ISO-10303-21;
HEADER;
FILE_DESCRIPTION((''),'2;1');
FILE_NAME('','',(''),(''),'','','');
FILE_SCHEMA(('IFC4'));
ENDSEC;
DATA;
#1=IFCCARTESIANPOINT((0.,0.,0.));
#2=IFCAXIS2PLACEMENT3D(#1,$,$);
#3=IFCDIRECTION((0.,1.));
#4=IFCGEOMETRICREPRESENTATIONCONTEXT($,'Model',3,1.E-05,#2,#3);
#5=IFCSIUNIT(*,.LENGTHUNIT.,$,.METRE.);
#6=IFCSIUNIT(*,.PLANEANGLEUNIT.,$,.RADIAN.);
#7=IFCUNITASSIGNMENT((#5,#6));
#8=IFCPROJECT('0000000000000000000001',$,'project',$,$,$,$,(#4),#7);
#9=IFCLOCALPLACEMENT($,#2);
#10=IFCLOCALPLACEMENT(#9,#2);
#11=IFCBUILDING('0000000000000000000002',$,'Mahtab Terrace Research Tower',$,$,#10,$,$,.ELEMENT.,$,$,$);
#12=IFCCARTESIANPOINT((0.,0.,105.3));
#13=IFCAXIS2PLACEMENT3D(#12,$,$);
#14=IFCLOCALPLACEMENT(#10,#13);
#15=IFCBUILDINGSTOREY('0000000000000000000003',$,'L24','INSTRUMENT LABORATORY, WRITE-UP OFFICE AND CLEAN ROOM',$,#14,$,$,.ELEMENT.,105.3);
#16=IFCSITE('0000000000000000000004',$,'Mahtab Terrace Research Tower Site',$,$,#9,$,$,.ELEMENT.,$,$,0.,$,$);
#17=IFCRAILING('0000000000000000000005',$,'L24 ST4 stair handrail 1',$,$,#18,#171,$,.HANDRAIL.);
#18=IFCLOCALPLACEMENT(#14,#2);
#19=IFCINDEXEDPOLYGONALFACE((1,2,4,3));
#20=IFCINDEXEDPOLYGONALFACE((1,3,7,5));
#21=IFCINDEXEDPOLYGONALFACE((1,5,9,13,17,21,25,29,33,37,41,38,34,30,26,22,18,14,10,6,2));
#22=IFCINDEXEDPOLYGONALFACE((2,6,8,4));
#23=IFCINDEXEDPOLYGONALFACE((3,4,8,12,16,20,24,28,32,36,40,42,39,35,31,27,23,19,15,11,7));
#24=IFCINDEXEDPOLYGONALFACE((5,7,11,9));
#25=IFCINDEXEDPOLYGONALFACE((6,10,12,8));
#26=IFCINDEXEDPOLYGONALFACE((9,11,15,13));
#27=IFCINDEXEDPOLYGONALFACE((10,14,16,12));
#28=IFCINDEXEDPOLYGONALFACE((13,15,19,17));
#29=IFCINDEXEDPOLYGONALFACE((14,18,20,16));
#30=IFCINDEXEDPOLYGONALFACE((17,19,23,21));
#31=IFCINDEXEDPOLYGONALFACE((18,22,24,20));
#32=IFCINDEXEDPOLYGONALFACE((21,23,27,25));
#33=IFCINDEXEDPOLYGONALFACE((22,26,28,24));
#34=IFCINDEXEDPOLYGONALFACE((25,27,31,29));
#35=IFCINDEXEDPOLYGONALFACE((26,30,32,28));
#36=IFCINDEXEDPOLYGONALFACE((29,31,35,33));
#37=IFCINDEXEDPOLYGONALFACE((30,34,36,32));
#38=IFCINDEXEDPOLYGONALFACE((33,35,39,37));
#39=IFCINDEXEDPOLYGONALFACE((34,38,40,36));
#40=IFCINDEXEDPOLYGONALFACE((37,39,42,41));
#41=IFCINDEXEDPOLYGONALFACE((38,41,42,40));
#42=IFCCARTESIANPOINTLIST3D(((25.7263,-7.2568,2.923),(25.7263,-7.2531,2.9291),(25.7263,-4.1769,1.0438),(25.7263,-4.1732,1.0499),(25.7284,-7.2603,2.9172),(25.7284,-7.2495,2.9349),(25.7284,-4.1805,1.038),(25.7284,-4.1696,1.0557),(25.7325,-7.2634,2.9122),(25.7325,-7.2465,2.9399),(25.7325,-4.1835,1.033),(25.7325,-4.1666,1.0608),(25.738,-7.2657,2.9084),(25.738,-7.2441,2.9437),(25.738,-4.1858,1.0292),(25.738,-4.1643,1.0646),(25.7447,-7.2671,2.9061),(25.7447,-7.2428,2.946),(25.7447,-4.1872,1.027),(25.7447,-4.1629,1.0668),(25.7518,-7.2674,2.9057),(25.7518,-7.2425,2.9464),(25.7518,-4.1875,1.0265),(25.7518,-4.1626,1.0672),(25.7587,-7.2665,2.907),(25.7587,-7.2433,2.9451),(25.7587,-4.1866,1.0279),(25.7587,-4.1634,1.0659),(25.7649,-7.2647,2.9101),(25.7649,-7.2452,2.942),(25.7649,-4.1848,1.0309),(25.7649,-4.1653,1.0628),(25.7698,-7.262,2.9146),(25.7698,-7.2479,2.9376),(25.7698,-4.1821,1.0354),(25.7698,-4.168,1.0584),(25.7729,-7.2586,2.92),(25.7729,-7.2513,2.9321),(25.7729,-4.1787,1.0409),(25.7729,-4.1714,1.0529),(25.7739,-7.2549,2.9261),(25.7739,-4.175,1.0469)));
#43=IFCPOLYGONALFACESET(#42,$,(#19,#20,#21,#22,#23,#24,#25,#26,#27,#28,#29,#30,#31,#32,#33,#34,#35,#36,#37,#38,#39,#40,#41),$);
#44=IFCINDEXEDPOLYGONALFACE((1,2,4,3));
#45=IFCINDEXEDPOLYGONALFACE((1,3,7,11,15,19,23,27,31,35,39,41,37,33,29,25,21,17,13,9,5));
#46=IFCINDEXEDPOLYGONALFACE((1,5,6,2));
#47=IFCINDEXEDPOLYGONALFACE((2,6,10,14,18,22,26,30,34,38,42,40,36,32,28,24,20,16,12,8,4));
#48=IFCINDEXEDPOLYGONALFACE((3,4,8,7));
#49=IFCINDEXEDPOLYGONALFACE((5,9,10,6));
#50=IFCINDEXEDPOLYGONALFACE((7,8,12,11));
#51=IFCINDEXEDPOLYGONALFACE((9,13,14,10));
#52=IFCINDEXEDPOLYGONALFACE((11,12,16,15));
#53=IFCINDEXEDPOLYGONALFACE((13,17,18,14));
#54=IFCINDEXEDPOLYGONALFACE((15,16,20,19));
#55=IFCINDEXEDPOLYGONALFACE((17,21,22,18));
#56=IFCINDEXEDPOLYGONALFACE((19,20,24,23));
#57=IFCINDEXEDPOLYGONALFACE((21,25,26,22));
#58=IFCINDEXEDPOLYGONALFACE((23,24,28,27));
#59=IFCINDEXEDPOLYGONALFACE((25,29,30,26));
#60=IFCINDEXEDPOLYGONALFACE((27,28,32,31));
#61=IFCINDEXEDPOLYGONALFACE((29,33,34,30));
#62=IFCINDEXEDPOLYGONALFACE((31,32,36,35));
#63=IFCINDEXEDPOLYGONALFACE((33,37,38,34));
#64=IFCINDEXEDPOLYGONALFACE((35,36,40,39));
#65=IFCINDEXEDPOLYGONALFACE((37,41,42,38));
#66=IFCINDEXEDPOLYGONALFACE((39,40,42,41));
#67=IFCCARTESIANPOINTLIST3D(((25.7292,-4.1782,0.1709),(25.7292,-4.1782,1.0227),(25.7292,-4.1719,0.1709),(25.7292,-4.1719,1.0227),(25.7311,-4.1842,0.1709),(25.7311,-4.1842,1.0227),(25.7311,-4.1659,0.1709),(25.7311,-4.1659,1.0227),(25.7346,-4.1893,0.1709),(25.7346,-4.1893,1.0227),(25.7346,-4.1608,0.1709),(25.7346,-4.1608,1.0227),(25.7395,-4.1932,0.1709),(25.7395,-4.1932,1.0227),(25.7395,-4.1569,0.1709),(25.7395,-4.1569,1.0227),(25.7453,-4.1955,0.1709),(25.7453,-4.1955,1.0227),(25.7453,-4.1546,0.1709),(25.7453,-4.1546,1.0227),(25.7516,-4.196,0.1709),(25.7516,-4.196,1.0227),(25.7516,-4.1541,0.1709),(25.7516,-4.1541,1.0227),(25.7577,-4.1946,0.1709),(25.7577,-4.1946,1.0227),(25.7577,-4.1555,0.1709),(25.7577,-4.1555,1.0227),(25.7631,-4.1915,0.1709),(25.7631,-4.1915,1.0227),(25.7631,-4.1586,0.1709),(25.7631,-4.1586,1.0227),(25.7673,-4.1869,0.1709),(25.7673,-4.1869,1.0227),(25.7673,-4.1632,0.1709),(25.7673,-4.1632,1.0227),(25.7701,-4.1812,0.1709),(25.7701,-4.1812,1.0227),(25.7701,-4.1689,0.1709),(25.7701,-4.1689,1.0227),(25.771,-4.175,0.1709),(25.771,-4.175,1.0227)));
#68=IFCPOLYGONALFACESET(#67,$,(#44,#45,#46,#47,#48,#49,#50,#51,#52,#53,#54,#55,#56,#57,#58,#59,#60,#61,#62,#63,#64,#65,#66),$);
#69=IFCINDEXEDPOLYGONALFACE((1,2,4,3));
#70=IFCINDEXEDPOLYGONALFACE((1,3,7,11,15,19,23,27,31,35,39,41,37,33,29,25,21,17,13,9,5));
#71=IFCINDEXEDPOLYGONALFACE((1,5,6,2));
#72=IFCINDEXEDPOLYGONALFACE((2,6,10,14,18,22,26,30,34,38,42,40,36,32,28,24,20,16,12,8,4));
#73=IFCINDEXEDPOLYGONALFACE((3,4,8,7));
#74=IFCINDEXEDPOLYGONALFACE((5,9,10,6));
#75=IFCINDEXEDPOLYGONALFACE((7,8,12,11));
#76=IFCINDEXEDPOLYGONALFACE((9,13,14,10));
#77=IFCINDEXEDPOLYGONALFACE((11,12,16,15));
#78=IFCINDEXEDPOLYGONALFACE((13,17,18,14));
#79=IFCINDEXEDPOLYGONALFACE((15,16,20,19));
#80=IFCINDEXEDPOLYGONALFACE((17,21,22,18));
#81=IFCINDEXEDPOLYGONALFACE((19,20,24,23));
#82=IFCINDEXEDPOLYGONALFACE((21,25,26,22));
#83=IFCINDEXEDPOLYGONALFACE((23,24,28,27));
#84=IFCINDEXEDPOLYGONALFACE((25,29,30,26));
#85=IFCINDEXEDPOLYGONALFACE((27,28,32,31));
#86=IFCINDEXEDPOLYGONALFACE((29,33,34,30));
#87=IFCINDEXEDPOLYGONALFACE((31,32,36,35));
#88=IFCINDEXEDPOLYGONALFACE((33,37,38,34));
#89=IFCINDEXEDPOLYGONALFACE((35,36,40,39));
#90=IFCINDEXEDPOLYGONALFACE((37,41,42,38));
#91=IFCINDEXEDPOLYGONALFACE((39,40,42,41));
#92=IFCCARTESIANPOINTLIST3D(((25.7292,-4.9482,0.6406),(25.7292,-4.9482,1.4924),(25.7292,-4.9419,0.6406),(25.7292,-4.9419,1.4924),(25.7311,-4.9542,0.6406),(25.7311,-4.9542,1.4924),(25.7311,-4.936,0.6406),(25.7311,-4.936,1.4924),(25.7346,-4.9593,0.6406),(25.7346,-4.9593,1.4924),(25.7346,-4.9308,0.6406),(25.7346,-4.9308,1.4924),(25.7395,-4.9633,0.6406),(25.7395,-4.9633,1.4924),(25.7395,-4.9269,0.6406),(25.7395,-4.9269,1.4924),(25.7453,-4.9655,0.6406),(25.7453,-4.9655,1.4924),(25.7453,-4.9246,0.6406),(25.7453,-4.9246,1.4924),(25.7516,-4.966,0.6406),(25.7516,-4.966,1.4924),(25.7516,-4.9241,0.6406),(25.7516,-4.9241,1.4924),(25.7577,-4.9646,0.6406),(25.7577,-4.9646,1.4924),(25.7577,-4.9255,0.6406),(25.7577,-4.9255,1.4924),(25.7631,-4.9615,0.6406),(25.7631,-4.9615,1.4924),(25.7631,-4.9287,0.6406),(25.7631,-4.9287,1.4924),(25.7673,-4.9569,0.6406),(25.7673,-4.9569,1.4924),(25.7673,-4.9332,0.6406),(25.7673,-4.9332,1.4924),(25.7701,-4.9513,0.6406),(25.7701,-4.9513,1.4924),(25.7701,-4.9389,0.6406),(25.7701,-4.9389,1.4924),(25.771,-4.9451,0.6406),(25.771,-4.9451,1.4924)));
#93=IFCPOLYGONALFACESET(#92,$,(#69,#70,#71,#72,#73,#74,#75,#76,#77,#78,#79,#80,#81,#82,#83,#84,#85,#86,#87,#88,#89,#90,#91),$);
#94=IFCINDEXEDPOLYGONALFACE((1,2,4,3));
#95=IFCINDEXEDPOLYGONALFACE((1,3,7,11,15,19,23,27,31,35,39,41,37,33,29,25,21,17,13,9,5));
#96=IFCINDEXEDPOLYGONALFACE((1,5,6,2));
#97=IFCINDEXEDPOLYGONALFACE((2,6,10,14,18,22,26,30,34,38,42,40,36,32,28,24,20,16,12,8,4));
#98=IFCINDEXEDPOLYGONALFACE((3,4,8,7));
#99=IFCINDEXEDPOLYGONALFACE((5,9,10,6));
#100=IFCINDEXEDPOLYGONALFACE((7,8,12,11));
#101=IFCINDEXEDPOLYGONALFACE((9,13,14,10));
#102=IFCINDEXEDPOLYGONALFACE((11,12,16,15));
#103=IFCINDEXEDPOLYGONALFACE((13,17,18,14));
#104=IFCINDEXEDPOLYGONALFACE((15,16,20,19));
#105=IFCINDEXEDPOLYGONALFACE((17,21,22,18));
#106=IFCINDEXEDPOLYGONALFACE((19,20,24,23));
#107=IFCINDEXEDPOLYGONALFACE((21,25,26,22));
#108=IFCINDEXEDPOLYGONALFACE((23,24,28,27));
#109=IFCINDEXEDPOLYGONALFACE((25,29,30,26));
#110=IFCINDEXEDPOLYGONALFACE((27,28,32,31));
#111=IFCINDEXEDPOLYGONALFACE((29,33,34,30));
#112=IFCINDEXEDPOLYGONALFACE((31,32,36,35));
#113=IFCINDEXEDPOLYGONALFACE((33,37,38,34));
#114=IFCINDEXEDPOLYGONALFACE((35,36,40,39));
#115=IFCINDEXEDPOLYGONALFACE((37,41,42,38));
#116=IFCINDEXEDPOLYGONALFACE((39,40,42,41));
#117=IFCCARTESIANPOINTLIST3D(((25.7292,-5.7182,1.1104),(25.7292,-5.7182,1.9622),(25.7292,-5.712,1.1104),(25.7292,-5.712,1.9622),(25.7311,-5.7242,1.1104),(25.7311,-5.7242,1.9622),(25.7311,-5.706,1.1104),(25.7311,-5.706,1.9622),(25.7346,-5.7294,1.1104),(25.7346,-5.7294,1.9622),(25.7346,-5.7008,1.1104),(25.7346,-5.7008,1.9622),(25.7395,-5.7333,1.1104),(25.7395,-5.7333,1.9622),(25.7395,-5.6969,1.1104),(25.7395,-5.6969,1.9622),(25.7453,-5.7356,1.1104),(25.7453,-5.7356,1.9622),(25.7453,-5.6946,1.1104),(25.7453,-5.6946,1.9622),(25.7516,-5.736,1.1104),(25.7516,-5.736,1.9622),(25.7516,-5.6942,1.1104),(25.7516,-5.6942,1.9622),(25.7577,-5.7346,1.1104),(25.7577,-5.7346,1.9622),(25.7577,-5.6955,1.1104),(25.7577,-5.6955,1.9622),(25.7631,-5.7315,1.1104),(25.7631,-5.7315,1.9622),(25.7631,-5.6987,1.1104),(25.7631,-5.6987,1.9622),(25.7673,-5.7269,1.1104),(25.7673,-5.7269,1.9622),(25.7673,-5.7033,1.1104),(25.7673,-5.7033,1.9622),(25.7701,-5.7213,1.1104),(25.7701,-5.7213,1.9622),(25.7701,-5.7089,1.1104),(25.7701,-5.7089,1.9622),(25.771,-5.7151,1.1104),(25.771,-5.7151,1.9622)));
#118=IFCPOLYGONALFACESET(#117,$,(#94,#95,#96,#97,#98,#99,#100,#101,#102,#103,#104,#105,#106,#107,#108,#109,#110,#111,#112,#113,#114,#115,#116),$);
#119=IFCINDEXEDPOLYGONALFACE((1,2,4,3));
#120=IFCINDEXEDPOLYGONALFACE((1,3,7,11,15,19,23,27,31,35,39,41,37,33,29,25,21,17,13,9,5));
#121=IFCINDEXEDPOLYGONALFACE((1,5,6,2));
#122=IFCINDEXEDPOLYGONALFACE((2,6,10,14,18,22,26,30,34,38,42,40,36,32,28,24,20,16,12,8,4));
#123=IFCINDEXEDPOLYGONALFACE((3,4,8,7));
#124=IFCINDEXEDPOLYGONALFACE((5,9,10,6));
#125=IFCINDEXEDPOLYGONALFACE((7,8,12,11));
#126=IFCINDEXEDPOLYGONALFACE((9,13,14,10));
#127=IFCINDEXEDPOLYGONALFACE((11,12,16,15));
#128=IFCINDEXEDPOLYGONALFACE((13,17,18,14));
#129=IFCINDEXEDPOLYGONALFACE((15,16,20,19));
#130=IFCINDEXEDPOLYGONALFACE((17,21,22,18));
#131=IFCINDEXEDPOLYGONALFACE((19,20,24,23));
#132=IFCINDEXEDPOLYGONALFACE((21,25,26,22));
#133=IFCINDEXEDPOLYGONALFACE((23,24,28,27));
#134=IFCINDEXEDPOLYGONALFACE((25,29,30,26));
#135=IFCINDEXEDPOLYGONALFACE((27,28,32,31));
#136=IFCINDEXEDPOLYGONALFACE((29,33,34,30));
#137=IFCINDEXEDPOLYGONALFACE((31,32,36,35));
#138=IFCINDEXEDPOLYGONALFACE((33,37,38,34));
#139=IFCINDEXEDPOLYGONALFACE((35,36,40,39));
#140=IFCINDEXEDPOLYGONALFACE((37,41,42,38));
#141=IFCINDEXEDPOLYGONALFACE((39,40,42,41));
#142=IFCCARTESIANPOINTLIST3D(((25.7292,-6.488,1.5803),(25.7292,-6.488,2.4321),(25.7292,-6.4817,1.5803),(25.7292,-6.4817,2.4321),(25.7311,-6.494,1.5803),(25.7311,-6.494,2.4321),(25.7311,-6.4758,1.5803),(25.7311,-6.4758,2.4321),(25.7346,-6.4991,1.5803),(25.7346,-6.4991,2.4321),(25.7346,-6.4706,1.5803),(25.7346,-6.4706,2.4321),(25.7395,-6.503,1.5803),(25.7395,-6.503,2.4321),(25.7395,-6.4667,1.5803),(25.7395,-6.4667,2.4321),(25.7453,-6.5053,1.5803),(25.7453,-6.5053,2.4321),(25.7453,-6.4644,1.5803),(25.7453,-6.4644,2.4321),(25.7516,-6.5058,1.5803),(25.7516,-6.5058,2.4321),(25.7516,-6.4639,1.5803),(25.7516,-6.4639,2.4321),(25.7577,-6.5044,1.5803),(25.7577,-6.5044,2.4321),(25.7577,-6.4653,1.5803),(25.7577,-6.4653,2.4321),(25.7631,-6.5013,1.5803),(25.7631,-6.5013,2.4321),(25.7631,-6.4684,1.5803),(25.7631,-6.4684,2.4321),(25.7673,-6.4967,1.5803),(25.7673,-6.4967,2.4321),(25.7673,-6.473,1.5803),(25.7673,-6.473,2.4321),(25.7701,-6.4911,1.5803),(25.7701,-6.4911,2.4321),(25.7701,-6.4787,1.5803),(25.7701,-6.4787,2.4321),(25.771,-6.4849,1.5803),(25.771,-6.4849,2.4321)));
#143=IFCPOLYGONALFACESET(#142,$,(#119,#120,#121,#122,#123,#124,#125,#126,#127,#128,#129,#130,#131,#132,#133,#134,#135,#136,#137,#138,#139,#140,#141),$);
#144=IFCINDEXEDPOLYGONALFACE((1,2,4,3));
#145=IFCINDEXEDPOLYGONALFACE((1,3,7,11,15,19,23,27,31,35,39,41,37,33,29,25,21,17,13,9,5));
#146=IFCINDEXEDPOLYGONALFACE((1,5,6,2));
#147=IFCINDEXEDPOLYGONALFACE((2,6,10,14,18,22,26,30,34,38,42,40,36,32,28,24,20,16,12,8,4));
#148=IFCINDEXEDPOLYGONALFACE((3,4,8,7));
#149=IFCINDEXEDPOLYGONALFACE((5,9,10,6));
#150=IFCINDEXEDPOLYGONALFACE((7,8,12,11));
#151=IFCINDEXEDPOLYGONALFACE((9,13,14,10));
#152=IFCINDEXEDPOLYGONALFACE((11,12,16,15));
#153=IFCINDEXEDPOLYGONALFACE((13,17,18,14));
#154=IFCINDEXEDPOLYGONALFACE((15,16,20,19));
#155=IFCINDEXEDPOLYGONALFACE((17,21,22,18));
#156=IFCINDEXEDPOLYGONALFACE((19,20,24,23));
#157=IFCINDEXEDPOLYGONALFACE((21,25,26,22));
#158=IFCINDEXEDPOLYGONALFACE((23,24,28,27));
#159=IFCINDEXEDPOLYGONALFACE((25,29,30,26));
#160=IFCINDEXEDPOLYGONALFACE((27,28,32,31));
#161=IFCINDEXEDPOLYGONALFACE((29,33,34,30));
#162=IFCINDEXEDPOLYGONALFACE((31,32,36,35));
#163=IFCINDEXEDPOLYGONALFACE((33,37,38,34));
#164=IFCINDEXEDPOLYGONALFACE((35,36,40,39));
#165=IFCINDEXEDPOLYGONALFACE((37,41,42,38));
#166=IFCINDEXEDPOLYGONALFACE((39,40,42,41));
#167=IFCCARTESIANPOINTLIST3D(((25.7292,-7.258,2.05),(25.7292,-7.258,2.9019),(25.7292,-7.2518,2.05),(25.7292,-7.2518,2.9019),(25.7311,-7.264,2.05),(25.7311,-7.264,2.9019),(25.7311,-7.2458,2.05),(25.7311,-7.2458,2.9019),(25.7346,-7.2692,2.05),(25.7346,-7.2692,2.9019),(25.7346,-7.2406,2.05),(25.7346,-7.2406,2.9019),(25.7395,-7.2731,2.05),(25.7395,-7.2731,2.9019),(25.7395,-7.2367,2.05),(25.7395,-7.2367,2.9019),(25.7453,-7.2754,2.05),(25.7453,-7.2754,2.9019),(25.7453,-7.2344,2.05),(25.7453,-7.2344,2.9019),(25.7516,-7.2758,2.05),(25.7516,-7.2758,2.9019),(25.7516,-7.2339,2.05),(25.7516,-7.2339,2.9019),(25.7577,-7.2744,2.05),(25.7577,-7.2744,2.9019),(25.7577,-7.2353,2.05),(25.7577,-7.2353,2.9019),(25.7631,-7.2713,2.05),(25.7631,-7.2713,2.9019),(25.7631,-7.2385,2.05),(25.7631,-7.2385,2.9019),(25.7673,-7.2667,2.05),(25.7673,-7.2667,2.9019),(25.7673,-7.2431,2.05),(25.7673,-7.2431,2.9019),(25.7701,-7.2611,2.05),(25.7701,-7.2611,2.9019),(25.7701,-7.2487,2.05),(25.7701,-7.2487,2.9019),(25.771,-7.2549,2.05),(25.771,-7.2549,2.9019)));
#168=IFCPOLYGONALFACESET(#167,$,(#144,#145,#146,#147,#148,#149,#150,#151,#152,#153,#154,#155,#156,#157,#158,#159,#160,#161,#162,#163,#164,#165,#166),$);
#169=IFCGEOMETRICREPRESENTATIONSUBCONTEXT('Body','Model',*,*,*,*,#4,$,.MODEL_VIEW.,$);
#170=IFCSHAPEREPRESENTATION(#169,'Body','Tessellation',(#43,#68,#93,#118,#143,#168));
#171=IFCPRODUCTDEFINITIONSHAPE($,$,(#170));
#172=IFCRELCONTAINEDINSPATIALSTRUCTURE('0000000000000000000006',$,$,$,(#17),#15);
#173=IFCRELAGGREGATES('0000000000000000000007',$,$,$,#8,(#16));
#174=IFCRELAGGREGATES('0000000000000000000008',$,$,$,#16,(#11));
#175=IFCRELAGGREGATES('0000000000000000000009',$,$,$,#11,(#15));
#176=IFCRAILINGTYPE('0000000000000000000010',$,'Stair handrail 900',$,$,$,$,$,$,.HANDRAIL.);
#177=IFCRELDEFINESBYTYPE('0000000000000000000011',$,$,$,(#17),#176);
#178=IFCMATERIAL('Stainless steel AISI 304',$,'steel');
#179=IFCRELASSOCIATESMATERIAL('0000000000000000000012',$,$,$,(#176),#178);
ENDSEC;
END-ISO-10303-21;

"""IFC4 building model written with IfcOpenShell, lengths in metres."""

from ifc_helpers import new_model, si_unit, direction, frame, origin, origin_2d, place, context, subcontext, project, spatial, circle, extrude, material, type_object, element, save


model = new_model("IFC4")

# Units and contexts
model_context = context("Model", 3, precision=1e-05, world=origin(), true_north=direction((0.0, 1.0)))
body_context = subcontext(model_context, "Body", "Model", "MODEL_VIEW")
ifc_project = project(units=[si_unit("LENGTHUNIT", "METRE"), si_unit("PLANEANGLEUNIT", "RADIAN")], contexts=[model_context])

# Site, building, storey
site_placement = place(None, origin())
site = spatial("IfcSite", under=ifc_project, at=site_placement, Name="Mahtab Terrace Research Tower Site", CompositionType="ELEMENT", RefElevation=0.0)
building_placement = place(site_placement, origin())
building = spatial("IfcBuilding", under=site, at=building_placement, Name="Mahtab Terrace Research Tower", CompositionType="ELEMENT")
storey_placement = place(building_placement, frame((0.0, 0.0, 105.3)))
storey = spatial("IfcBuildingStorey", under=building, at=storey_placement, Name="L24", Description="INSTRUMENT LABORATORY, WRITE-UP OFFICE AND CLEAN ROOM", CompositionType="ELEMENT", Elevation=105.3)

# Shared definitions
ifc_material_1 = material(Name="Stainless steel AISI 304", Category="steel")

# Railing
railing_type_1 = type_object("IfcRailingType", Name="Stair handrail 900", PredefinedType="HANDRAIL", material=ifc_material_1)
railing_1_placement = place(storey_placement, frame((25.75, -4.175, 0.1709)))
element("IfcRailing", 1, at=railing_1_placement, inside=storey, type_object=railing_type_1, Name="L24 ST4 stair handrail 1", PredefinedType="HANDRAIL", context=body_context, shape_type="SweptSolid", body=[
    extrude(circle(Radius=0.0239, at=origin_2d()), frame((0.0, 0.0, 0.876), z_axis=(0.0, -0.853648, 0.52085), x_axis=(1.0, 0.0, 0.0)), (0.0, 0.0, 1.0), 3.6079),
    extrude(circle(Radius=0.021, at=origin_2d()), origin(), (0.0, 0.0, 1.0), 0.8518),
    extrude(circle(Radius=0.021, at=origin_2d()), frame((0.0, -0.77, 0.4697)), (0.0, 0.0, 1.0), 0.8518),
    extrude(circle(Radius=0.021, at=origin_2d()), frame((0.0, -1.54, 0.9395)), (0.0, 0.0, 1.0), 0.8518),
    extrude(circle(Radius=0.021, at=origin_2d()), frame((0.0, -2.3098, 1.4094)), (0.0, 0.0, 1.0), 0.8518),
    extrude(circle(Radius=0.021, at=origin_2d()), frame((0.0, -3.0798, 1.8792)), (0.0, 0.0, 1.0), 0.8518),
])

save(model, "model.ifc")
